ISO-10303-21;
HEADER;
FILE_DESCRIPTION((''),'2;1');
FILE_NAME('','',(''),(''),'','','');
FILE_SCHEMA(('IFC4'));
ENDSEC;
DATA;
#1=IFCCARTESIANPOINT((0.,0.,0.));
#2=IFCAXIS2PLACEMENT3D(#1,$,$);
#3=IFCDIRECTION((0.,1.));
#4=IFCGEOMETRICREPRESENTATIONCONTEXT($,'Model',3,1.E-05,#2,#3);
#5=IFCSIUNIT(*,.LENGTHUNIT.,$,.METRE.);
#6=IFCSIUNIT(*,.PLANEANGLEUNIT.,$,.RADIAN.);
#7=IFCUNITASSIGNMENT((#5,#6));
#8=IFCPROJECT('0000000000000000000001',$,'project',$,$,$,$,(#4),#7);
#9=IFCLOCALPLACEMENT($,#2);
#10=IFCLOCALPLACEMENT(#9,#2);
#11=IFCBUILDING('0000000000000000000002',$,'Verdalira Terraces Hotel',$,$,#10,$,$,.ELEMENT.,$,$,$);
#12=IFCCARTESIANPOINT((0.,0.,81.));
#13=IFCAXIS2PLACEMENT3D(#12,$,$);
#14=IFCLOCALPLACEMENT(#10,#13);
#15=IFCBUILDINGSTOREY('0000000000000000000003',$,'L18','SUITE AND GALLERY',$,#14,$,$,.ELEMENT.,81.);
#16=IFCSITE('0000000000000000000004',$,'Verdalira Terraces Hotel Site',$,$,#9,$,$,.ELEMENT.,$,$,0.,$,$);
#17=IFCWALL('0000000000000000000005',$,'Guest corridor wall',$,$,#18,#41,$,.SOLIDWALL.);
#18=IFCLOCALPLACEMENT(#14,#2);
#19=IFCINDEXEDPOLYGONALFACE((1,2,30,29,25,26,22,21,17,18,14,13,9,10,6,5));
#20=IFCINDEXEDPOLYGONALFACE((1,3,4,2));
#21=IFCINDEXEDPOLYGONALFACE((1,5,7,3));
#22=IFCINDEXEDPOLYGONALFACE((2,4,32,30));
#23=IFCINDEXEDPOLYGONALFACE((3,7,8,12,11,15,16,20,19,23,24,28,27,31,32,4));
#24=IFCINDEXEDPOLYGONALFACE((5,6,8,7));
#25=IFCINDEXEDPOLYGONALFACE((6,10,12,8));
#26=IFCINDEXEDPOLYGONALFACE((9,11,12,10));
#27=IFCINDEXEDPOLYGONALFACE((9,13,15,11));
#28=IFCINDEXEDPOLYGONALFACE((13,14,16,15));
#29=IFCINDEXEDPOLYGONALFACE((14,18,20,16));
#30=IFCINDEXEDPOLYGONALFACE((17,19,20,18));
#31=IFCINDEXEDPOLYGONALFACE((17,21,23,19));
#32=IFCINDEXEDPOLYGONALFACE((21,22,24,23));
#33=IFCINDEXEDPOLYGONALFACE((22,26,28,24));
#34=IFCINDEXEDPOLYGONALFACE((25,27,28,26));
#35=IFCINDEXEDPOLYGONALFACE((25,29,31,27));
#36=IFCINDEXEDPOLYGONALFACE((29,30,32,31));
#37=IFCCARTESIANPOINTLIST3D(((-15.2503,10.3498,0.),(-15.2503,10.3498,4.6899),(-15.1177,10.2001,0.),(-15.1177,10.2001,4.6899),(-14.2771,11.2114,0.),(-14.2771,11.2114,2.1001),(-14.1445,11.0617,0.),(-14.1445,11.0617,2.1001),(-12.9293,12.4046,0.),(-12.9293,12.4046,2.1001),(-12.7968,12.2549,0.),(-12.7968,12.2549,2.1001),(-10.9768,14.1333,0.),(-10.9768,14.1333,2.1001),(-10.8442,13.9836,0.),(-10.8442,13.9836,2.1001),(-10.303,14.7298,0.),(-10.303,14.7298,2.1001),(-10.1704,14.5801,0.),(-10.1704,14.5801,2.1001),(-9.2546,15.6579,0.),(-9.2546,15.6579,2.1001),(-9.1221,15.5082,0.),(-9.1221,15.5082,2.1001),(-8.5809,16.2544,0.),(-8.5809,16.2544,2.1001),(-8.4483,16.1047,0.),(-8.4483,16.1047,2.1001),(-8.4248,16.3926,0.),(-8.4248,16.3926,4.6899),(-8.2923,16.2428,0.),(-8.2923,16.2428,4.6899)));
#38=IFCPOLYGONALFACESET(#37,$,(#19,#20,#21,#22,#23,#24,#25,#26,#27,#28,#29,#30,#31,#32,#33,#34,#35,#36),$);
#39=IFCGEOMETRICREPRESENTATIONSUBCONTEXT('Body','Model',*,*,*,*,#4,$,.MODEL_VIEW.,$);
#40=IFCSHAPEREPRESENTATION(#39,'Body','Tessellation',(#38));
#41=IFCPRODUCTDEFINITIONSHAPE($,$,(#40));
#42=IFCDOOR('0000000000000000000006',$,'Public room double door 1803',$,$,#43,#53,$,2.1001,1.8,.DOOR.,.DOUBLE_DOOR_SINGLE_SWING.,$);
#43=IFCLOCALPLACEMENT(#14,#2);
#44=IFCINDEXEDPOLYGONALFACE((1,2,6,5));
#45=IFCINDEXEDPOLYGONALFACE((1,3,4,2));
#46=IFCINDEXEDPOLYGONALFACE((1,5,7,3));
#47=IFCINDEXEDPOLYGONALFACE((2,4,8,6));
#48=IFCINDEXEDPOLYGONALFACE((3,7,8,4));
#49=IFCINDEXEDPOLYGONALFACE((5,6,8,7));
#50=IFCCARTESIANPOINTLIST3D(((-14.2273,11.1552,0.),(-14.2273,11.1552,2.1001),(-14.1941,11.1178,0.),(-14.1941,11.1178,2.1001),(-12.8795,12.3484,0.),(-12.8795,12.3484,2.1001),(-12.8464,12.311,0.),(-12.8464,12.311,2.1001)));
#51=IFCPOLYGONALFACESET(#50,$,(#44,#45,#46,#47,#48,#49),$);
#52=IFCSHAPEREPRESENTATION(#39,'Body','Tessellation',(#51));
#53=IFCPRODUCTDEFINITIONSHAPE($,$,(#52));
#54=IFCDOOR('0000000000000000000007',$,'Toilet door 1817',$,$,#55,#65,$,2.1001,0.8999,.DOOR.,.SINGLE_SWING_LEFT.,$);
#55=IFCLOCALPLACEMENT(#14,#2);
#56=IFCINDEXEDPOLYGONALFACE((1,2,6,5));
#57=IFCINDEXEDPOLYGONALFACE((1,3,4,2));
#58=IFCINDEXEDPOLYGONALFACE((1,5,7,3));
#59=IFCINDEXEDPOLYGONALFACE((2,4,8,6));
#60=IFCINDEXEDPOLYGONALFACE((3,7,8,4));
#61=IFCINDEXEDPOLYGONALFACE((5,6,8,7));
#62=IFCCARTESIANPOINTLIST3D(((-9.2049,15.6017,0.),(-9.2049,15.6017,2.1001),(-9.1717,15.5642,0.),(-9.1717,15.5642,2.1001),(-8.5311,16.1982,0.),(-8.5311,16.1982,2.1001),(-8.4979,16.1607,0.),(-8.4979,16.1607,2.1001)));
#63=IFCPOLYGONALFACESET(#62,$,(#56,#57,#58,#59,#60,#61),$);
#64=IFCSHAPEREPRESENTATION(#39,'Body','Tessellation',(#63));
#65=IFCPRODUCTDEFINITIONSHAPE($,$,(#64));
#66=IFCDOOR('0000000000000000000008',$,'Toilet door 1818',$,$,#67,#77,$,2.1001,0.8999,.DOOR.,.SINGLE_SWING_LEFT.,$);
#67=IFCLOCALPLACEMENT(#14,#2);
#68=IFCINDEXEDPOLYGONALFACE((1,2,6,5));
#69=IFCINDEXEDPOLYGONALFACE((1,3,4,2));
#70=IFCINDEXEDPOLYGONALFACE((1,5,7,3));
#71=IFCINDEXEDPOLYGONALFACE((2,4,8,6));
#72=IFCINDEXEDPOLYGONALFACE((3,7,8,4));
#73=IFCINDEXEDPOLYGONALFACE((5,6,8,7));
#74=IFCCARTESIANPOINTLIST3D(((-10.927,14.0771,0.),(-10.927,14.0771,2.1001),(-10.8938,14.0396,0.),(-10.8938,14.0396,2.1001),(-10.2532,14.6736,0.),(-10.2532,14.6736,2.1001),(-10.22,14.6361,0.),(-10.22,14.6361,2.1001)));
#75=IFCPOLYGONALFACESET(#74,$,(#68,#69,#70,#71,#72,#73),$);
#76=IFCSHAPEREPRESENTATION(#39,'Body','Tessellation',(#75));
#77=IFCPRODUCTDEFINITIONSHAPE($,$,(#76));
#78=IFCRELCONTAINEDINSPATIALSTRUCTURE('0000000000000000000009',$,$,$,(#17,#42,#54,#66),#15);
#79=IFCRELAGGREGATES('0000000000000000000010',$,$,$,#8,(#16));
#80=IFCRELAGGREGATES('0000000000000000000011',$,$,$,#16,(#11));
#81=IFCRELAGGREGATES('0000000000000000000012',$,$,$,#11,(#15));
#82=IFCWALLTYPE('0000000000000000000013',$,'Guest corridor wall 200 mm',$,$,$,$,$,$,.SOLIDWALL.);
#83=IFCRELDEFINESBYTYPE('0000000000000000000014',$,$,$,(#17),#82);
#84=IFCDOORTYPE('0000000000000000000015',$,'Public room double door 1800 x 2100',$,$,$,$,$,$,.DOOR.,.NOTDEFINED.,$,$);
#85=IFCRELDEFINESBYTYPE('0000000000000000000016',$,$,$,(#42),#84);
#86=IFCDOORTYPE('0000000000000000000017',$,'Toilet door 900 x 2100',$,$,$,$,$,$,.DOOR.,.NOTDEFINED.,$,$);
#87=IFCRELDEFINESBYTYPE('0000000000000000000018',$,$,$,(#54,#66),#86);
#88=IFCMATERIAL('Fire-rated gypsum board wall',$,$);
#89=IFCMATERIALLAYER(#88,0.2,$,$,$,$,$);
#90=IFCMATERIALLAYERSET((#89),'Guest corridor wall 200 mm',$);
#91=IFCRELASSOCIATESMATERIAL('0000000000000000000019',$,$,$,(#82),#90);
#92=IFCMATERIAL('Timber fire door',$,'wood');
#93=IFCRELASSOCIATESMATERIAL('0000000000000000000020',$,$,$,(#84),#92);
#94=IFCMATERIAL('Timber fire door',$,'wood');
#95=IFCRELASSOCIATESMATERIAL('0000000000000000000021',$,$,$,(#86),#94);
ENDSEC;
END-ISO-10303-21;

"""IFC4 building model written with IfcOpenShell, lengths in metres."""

from ifc_helpers import new_model, si_unit, direction, frame, frame_2d, origin, place, context, subcontext, project, spatial, rectangle, extrude, material, layer, layer_set, type_object, element, fill, save


model = new_model("IFC4")

# Units and contexts
model_context = context("Model", 3, precision=1e-05, world=origin(), true_north=direction((0.0, 1.0)))
body_context = subcontext(model_context, "Body", "Model", "MODEL_VIEW")
ifc_project = project(units=[si_unit("LENGTHUNIT", "METRE"), si_unit("PLANEANGLEUNIT", "RADIAN")], contexts=[model_context])

# Site, building, storey
site_placement = place(None, origin())
site = spatial("IfcSite", under=ifc_project, at=site_placement, Name="Verdalira Terraces Hotel Site", CompositionType="ELEMENT", RefElevation=0.0)
building_placement = place(site_placement, origin())
building = spatial("IfcBuilding", under=site, at=building_placement, Name="Verdalira Terraces Hotel", CompositionType="ELEMENT")
storey_placement = place(building_placement, frame((0.0, 0.0, 81.0)))
storey = spatial("IfcBuildingStorey", under=building, at=storey_placement, Name="L18", Description="SUITE AND GALLERY", CompositionType="ELEMENT", Elevation=81.0)

# Wall, openings, doors
ifc_material_1 = material(Name="Fire-rated gypsum board wall")
ifc_layer_1 = layer(ifc_material_1, 0.2)
ifc_layer_set_1 = layer_set([ifc_layer_1], Name="Guest corridor wall 200 mm")
wall_type_1 = type_object("IfcWallType", Name="Guest corridor wall 200 mm", PredefinedType="SOLIDWALL", material=ifc_layer_set_1)
wall_1_placement = place(storey_placement, frame((-15.1841, 10.2749, 0.0), z_axis=(0.0, 0.0, 1.0), x_axis=(0.748733, 0.662871, 0.0)))
wall_1 = element("IfcWall", 1, at=wall_1_placement, inside=storey, type_object=wall_type_1, Name="Guest corridor wall", PredefinedType="SOLIDWALL", context=body_context, shape_type="SweptSolid", body=[
    extrude(rectangle(XDim=9.116, YDim=0.2, at=frame_2d((4.5581, 0.0))), origin(), (0.0, 0.0, 1.0), 4.6899),
])
opening_1_placement = place(wall_1_placement, frame((1.3, 0.0, 0.0)))
opening_1 = element("IfcOpeningElement", 2, at=opening_1_placement, cuts=wall_1, PredefinedType="OPENING", context=body_context, shape_type="SweptSolid", body=[
    extrude(rectangle(XDim=1.8, YDim=2.1001, at=frame_2d((0.8999, 1.05))), frame((0.0, 0.1099, 0.0), z_axis=(0.0, -1.0, 0.0), x_axis=(1.0, 0.0, 0.0)), (0.0, 0.0, 1.0), 0.22),
])
opening_2_placement = place(wall_1_placement, frame((8.0078, 0.0, 0.0)))
opening_2 = element("IfcOpeningElement", 3, at=opening_2_placement, cuts=wall_1, PredefinedType="OPENING", context=body_context, shape_type="SweptSolid", body=[
    extrude(rectangle(XDim=0.8999, YDim=2.1001, at=frame_2d((0.45, 1.05))), frame((0.0, 0.1099, 0.0), z_axis=(0.0, -1.0, 0.0), x_axis=(1.0, 0.0, 0.0)), (0.0, 0.0, 1.0), 0.22),
])
opening_3_placement = place(wall_1_placement, frame((5.7078, 0.0, 0.0)))
opening_3 = element("IfcOpeningElement", 4, at=opening_3_placement, cuts=wall_1, PredefinedType="OPENING", context=body_context, shape_type="SweptSolid", body=[
    extrude(rectangle(XDim=0.8999, YDim=2.1001, at=frame_2d((0.45, 1.05))), frame((0.0, 0.1099, 0.0), z_axis=(0.0, -1.0, 0.0), x_axis=(1.0, 0.0, 0.0)), (0.0, 0.0, 1.0), 0.22),
])
ifc_material_2 = material(Name="Timber fire door", Category="wood")
door_type_1 = type_object("IfcDoorType", Name="Public room double door 1800 x 2100", OperationType="NOTDEFINED", PredefinedType="DOOR", material=ifc_material_2)
door_1_placement = place(opening_1_placement, origin())
door_1 = element("IfcDoor", 5, at=door_1_placement, inside=storey, type_object=door_type_1, Name="Public room double door 1803", OperationType="DOUBLE_DOOR_SINGLE_SWING", OverallHeight=2.1001, OverallWidth=1.8, PredefinedType="DOOR", context=body_context, shape_type="SweptSolid", body=[
    extrude(rectangle(XDim=1.8, YDim=2.1001, at=frame_2d((0.8999, 1.05))), frame((0.0, 0.0249, 0.0), z_axis=(0.0, -1.0, 0.0), x_axis=(1.0, 0.0, 0.0)), (0.0, 0.0, 1.0), 0.05),
])
fill(opening_1, door_1)
ifc_material_3 = material(Name="Timber fire door", Category="wood")
door_type_2 = type_object("IfcDoorType", Name="Toilet door 900 x 2100", OperationType="NOTDEFINED", PredefinedType="DOOR", material=ifc_material_3)
door_2_placement = place(opening_2_placement, origin())
door_2 = element("IfcDoor", 6, at=door_2_placement, inside=storey, type_object=door_type_2, Name="Toilet door 1817", OperationType="SINGLE_SWING_LEFT", OverallHeight=2.1001, OverallWidth=0.8999, PredefinedType="DOOR", context=body_context, shape_type="SweptSolid", body=[
    extrude(rectangle(XDim=0.8999, YDim=2.1001, at=frame_2d((0.45, 1.05))), frame((0.0, 0.0249, 0.0), z_axis=(0.0, -1.0, 0.0), x_axis=(1.0, 0.0, 0.0)), (0.0, 0.0, 1.0), 0.05),
])
fill(opening_2, door_2)
door_3_placement = place(opening_3_placement, origin())
door_3 = element("IfcDoor", 7, at=door_3_placement, inside=storey, type_object=door_type_2, Name="Toilet door 1818", OperationType="SINGLE_SWING_LEFT", OverallHeight=2.1001, OverallWidth=0.8999, PredefinedType="DOOR", context=body_context, shape_type="SweptSolid", body=[
    extrude(rectangle(XDim=0.8999, YDim=2.1001, at=frame_2d((0.45, 1.05))), frame((0.0, 0.0249, 0.0), z_axis=(0.0, -1.0, 0.0), x_axis=(1.0, 0.0, 0.0)), (0.0, 0.0, 1.0), 0.05),
])
fill(opening_3, door_3)

save(model, "model.ifc")
